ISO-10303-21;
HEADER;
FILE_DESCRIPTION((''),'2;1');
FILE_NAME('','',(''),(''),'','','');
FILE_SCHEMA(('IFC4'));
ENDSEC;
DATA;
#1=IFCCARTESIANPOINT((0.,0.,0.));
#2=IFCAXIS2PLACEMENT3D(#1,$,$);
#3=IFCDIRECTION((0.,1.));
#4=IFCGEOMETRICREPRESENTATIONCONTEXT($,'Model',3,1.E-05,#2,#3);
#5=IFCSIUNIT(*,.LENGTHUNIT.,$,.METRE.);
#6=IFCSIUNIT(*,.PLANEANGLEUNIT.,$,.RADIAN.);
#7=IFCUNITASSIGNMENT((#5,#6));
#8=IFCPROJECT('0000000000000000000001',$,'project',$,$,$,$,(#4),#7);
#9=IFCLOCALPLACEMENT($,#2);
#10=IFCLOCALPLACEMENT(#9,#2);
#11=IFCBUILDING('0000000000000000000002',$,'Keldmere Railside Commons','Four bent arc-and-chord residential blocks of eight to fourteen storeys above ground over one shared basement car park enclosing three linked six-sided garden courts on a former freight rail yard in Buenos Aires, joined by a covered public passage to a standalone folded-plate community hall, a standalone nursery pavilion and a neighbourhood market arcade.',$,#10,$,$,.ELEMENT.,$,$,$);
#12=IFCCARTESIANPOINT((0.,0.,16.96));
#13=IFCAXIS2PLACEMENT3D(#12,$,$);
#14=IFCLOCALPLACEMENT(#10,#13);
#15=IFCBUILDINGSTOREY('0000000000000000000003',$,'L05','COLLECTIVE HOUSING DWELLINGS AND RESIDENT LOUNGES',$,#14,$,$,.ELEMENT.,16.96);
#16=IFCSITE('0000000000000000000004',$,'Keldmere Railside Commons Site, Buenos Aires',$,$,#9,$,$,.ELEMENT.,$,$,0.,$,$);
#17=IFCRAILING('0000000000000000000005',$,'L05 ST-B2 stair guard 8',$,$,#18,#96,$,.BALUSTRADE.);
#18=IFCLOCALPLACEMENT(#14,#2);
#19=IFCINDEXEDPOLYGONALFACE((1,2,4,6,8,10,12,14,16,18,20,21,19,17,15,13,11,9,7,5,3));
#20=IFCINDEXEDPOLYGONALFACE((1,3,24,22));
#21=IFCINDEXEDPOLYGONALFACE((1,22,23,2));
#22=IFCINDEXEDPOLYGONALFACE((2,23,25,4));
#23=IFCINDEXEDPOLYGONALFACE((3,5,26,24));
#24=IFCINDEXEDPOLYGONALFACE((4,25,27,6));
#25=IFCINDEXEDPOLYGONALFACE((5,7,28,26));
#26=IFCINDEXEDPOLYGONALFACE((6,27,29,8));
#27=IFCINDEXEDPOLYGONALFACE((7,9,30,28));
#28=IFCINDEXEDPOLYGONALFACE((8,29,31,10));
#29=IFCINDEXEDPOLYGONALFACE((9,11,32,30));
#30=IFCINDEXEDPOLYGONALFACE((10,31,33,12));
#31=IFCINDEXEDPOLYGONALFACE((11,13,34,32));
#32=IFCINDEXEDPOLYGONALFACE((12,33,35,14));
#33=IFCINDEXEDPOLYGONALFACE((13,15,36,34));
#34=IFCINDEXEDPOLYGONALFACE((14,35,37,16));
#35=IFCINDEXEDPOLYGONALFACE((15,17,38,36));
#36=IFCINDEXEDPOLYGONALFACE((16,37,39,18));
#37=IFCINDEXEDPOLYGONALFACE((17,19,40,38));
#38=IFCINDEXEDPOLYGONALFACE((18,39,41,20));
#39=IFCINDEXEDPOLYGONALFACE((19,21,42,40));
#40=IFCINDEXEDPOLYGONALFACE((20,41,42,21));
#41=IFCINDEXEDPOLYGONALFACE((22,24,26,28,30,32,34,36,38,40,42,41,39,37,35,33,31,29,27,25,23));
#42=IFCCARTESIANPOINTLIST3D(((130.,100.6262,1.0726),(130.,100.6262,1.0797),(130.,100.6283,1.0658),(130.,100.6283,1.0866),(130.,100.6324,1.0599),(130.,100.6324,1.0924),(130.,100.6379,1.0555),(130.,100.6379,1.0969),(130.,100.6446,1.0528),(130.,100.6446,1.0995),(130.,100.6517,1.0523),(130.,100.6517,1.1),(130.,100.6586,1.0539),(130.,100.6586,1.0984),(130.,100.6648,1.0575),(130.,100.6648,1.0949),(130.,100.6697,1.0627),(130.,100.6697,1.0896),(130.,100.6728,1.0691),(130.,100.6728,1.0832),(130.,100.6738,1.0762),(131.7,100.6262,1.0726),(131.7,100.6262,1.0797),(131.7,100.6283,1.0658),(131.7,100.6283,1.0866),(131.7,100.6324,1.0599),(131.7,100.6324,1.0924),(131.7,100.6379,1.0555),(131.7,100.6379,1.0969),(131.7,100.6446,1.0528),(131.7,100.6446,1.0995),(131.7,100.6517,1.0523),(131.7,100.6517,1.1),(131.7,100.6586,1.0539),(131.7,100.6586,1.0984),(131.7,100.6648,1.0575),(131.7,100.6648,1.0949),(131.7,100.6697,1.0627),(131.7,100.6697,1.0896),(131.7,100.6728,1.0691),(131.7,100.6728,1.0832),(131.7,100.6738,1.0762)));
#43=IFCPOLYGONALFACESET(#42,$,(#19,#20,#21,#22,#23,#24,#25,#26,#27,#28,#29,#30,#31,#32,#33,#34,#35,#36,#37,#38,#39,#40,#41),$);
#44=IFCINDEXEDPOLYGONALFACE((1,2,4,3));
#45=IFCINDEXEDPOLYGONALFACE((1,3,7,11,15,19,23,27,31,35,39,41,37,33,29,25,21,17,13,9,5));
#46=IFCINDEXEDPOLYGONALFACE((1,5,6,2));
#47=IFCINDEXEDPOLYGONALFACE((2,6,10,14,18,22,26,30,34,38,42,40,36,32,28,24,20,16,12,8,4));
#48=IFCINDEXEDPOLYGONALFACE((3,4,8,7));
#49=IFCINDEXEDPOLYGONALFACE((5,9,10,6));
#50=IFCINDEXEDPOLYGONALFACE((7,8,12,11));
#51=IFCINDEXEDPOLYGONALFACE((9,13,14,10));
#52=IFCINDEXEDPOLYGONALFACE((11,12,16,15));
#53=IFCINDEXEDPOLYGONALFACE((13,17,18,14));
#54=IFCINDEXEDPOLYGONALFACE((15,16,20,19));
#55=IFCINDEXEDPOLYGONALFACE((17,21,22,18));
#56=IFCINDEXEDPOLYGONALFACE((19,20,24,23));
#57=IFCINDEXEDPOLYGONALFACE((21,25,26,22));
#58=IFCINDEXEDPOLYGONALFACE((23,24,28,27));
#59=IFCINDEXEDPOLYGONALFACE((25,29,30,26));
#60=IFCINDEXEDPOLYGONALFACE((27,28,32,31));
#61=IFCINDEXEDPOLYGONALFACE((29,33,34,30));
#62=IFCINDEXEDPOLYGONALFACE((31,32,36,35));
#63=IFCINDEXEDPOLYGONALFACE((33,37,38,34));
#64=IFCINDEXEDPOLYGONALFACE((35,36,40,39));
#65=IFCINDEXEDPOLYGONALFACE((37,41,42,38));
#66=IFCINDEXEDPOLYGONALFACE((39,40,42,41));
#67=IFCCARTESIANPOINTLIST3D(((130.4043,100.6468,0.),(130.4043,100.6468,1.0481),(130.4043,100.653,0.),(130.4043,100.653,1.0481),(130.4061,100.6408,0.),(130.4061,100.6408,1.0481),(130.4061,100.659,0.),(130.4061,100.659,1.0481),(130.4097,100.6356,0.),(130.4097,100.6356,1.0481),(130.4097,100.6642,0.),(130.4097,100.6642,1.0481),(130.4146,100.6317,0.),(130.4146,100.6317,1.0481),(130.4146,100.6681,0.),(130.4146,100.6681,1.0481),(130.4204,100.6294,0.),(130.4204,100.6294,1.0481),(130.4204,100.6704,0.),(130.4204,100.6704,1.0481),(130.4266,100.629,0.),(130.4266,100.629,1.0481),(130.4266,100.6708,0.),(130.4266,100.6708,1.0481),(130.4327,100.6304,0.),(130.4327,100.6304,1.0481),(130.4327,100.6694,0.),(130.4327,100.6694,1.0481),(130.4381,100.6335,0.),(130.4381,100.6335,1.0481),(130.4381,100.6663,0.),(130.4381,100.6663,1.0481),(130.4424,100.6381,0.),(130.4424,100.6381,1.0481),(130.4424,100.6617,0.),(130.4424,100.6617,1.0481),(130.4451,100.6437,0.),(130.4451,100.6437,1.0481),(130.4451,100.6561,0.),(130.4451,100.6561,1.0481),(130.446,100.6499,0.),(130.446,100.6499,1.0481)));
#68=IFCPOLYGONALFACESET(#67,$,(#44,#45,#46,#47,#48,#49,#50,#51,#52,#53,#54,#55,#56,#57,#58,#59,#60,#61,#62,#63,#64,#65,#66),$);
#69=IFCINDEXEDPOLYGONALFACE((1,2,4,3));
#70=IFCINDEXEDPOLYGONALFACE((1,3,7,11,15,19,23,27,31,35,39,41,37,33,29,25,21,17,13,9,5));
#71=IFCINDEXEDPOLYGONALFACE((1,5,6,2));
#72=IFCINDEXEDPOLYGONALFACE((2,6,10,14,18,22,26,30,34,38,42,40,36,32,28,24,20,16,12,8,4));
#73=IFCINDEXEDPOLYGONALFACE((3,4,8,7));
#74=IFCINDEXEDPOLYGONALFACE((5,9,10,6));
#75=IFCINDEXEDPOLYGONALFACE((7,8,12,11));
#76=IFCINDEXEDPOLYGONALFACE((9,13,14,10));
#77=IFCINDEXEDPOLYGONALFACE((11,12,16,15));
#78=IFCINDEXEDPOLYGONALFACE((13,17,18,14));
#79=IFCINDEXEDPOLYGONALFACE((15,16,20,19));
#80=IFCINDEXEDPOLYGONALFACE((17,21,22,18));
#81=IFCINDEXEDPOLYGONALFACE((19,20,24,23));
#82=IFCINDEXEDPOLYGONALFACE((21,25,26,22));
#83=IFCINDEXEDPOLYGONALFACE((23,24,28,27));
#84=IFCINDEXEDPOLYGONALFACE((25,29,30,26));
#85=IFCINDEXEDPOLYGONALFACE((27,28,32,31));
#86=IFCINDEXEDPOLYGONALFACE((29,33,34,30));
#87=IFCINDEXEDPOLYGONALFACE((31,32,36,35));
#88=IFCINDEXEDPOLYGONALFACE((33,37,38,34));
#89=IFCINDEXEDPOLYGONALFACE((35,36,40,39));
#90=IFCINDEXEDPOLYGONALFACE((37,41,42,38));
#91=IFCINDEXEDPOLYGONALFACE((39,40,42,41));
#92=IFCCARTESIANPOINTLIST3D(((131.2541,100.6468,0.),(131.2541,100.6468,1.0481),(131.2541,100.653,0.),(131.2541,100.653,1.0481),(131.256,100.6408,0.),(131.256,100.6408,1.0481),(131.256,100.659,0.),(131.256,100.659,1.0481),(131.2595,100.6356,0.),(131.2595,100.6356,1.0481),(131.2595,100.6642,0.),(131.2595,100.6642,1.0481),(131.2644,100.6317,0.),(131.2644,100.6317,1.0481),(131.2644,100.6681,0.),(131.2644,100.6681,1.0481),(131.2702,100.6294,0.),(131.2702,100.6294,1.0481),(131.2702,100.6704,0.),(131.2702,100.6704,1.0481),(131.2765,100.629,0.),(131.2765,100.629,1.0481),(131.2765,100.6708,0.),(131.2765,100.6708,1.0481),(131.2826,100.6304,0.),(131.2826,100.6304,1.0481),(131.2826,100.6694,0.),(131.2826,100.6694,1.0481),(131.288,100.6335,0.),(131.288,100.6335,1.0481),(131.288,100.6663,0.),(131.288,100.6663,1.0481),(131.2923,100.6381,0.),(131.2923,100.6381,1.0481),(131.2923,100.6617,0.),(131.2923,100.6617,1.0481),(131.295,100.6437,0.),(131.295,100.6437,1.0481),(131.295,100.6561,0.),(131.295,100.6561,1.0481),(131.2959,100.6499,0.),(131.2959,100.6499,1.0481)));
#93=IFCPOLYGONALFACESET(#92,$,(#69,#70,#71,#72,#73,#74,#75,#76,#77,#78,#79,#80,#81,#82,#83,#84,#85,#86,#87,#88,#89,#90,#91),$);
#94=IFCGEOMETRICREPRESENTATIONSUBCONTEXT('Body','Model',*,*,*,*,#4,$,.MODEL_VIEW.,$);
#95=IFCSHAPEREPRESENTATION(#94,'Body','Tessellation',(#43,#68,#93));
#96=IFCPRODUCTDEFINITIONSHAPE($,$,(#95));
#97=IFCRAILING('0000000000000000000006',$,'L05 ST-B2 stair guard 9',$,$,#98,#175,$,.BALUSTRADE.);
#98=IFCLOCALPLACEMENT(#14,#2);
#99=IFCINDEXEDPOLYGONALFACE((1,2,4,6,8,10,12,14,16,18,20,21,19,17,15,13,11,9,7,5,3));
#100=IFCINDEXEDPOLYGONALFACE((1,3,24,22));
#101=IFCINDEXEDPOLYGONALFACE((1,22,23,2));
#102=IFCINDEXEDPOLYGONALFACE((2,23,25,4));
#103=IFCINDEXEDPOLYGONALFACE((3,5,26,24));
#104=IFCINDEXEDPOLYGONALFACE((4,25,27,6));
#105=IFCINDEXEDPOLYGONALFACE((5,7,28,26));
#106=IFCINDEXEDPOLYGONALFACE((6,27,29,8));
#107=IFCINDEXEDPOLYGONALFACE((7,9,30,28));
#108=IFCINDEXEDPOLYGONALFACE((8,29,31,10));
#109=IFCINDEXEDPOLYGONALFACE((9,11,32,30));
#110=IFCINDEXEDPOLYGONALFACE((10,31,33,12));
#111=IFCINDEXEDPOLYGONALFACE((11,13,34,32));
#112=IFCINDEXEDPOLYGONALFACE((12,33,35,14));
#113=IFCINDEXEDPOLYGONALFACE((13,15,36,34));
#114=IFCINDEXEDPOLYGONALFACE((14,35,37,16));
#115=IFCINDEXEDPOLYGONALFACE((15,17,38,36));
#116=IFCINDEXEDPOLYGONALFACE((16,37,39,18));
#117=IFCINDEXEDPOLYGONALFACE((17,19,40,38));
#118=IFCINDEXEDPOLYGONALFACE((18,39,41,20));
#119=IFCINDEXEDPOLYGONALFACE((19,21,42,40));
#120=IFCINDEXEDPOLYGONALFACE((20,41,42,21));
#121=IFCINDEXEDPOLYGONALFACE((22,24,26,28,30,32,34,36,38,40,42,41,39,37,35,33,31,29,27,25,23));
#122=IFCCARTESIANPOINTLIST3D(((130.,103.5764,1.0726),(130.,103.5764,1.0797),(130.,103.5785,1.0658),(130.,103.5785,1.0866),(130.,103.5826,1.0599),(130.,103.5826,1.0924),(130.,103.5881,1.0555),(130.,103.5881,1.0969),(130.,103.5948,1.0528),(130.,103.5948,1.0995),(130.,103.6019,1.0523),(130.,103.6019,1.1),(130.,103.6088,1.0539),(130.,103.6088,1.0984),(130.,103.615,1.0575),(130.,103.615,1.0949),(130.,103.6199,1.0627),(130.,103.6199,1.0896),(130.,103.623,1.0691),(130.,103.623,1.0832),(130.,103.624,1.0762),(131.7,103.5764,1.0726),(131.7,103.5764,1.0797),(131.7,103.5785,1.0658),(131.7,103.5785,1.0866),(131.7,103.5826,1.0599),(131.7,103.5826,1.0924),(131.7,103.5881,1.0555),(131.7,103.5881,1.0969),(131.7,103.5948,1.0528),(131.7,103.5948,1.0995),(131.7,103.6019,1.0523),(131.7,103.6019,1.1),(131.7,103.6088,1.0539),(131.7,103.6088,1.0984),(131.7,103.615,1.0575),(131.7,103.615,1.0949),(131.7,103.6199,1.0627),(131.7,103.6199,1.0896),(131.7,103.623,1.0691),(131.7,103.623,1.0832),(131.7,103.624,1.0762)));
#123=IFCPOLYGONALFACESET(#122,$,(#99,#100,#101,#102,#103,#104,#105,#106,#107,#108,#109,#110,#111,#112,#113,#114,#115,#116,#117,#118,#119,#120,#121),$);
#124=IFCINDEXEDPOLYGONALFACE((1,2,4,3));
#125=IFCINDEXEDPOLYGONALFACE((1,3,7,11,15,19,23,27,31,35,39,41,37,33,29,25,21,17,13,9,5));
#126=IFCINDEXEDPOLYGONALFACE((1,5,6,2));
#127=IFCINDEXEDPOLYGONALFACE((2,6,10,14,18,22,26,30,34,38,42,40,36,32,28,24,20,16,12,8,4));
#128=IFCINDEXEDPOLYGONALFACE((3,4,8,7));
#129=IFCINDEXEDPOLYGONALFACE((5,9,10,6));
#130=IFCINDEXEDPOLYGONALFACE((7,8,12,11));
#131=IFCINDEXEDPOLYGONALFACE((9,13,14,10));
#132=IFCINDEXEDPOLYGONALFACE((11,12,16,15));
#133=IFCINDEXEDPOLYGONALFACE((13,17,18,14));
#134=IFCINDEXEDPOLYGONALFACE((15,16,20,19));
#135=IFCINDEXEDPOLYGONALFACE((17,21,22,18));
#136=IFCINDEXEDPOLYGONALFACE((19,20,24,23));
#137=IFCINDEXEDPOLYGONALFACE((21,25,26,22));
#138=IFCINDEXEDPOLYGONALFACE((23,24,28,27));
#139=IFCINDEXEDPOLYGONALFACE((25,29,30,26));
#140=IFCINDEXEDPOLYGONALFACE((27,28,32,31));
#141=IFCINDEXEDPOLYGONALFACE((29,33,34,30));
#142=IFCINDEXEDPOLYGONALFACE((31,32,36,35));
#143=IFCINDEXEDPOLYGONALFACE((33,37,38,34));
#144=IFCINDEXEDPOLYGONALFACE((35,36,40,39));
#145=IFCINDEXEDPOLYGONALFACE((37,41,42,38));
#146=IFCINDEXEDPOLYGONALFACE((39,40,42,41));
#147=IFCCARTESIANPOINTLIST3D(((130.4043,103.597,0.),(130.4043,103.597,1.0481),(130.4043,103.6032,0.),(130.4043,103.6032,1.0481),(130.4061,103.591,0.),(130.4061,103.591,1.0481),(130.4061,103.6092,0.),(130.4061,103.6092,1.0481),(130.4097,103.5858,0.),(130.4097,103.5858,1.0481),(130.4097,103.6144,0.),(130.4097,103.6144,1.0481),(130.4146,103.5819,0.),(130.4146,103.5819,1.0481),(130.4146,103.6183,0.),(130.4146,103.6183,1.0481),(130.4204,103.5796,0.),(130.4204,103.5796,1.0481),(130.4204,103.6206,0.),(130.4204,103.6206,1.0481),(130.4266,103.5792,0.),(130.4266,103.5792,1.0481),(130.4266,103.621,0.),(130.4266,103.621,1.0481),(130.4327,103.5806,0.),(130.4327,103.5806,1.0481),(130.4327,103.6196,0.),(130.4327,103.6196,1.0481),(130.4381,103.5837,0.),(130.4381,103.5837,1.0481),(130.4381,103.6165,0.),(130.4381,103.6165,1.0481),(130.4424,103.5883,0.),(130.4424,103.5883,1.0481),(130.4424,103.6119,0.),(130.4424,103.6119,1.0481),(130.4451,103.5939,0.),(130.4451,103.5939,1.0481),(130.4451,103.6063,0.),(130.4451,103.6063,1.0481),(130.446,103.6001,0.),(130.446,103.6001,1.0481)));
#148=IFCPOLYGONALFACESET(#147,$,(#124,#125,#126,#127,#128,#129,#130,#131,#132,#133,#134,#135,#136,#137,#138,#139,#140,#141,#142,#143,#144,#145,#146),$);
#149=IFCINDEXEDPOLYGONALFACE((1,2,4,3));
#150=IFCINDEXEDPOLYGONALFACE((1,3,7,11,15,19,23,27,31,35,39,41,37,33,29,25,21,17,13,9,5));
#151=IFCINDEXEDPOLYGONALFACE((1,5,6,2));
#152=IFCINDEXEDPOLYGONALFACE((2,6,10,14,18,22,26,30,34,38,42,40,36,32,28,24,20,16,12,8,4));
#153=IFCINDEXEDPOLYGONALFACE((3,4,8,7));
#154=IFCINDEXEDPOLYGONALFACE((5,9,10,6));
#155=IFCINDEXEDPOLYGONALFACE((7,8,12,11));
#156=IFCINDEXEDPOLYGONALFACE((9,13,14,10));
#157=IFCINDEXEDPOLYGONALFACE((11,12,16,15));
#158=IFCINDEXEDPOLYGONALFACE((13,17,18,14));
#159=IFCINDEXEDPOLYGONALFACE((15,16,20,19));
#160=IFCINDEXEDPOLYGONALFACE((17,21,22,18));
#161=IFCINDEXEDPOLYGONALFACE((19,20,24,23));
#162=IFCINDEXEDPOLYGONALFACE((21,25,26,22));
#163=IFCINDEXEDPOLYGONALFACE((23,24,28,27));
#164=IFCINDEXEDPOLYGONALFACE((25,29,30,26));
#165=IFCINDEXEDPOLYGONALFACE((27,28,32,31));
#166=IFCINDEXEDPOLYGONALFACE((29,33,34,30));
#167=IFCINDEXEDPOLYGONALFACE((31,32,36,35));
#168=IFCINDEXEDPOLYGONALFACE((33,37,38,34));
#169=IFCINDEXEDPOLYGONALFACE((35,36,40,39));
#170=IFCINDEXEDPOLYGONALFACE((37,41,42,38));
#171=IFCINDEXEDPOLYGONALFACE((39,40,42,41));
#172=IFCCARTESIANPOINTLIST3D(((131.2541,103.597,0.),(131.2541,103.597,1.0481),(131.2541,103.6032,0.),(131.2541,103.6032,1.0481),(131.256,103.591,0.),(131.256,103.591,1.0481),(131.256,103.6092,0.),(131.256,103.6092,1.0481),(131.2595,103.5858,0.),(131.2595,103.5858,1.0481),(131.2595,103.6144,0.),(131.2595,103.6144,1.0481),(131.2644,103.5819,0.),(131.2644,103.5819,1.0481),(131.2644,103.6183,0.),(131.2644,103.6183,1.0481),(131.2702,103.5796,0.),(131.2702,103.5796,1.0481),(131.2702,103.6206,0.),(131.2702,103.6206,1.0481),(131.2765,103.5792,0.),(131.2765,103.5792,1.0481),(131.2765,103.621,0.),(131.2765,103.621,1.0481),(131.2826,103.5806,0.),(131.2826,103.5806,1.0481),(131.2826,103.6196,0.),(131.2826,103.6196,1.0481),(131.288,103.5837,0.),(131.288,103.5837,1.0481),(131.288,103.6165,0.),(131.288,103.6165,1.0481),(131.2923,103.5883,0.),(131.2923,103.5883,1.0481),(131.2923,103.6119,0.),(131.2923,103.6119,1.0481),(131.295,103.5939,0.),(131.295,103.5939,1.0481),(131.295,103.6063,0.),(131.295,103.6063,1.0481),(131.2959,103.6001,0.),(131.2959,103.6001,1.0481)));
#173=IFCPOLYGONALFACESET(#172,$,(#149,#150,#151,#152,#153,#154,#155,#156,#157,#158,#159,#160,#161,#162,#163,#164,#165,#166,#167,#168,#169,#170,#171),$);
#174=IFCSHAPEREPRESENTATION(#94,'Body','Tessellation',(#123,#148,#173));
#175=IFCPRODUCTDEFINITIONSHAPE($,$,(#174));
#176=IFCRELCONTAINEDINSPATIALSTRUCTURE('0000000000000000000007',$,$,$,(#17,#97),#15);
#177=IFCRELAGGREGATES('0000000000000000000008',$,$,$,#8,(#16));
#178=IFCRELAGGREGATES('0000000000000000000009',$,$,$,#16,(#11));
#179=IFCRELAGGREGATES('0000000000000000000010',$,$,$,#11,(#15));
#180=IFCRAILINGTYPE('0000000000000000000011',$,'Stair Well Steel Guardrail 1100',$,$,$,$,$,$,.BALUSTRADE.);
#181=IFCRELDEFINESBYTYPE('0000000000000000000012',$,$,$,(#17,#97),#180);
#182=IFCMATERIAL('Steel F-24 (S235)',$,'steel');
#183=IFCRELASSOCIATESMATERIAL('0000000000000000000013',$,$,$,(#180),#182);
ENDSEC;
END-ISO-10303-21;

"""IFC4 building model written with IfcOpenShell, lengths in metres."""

from ifc_helpers import new_model, si_unit, direction, frame, origin, origin_2d, place, context, subcontext, project, spatial, circle, extrude, material, type_object, element, save


model = new_model("IFC4")

# Units and contexts
model_context = context("Model", 3, precision=1e-05, world=origin(), true_north=direction((0.0, 1.0)))
body_context = subcontext(model_context, "Body", "Model", "MODEL_VIEW")
ifc_project = project(units=[si_unit("LENGTHUNIT", "METRE"), si_unit("PLANEANGLEUNIT", "RADIAN")], contexts=[model_context])

# Site, building, storey
site_placement = place(None, origin())
site = spatial("IfcSite", under=ifc_project, at=site_placement, Name="Keldmere Railside Commons Site, Buenos Aires", CompositionType="ELEMENT", RefElevation=0.0)
building_placement = place(site_placement, origin())
building = spatial("IfcBuilding", under=site, at=building_placement, Name="Keldmere Railside Commons", Description="Four bent arc-and-chord residential blocks of eight to fourteen storeys above ground over one shared basement car park enclosing three linked six-sided garden courts on a former freight rail yard in Buenos Aires, joined by a covered public passage to a standalone folded-plate community hall, a standalone nursery pavilion and a neighbourhood market arcade.", CompositionType="ELEMENT")
storey_placement = place(building_placement, frame((0.0, 0.0, 16.96)))
storey = spatial("IfcBuildingStorey", under=building, at=storey_placement, Name="L05", Description="COLLECTIVE HOUSING DWELLINGS AND RESIDENT LOUNGES", CompositionType="ELEMENT", Elevation=16.96)

# Railings
ifc_material_1 = material(Name="Steel F-24 (S235)", Category="steel")
railing_type = type_object("IfcRailingType", Name="Stair Well Steel Guardrail 1100", PredefinedType="BALUSTRADE", material=ifc_material_1)
for number, where, name in (
    (1, (130.0, 100.6499, 0.0), "L05 ST-B2 stair guard 8"),
    (2, (130.0, 103.6001, 0.0), "L05 ST-B2 stair guard 9"),
):
    element("IfcRailing", number, at=place(storey_placement, frame(where)), inside=storey, type_object=railing_type, Name=name, PredefinedType="BALUSTRADE", context=body_context, shape_type="SweptSolid", body=[
        extrude(circle(Radius=0.0239, at=origin_2d()), frame((0.0, 0.0, 1.0762), z_axis=(1.0, 0.0, 0.0), x_axis=(0.0, 1.0, 0.0)), (0.0, 0.0, 1.0), 1.7),
        extrude(circle(Radius=0.021, at=origin_2d()), frame((0.425, 0.0, 0.0)), (0.0, 0.0, 1.0), 1.0481),
        extrude(circle(Radius=0.021, at=origin_2d()), frame((1.2749, 0.0, 0.0)), (0.0, 0.0, 1.0), 1.0481),
    ])

save(model, "model.ifc")
